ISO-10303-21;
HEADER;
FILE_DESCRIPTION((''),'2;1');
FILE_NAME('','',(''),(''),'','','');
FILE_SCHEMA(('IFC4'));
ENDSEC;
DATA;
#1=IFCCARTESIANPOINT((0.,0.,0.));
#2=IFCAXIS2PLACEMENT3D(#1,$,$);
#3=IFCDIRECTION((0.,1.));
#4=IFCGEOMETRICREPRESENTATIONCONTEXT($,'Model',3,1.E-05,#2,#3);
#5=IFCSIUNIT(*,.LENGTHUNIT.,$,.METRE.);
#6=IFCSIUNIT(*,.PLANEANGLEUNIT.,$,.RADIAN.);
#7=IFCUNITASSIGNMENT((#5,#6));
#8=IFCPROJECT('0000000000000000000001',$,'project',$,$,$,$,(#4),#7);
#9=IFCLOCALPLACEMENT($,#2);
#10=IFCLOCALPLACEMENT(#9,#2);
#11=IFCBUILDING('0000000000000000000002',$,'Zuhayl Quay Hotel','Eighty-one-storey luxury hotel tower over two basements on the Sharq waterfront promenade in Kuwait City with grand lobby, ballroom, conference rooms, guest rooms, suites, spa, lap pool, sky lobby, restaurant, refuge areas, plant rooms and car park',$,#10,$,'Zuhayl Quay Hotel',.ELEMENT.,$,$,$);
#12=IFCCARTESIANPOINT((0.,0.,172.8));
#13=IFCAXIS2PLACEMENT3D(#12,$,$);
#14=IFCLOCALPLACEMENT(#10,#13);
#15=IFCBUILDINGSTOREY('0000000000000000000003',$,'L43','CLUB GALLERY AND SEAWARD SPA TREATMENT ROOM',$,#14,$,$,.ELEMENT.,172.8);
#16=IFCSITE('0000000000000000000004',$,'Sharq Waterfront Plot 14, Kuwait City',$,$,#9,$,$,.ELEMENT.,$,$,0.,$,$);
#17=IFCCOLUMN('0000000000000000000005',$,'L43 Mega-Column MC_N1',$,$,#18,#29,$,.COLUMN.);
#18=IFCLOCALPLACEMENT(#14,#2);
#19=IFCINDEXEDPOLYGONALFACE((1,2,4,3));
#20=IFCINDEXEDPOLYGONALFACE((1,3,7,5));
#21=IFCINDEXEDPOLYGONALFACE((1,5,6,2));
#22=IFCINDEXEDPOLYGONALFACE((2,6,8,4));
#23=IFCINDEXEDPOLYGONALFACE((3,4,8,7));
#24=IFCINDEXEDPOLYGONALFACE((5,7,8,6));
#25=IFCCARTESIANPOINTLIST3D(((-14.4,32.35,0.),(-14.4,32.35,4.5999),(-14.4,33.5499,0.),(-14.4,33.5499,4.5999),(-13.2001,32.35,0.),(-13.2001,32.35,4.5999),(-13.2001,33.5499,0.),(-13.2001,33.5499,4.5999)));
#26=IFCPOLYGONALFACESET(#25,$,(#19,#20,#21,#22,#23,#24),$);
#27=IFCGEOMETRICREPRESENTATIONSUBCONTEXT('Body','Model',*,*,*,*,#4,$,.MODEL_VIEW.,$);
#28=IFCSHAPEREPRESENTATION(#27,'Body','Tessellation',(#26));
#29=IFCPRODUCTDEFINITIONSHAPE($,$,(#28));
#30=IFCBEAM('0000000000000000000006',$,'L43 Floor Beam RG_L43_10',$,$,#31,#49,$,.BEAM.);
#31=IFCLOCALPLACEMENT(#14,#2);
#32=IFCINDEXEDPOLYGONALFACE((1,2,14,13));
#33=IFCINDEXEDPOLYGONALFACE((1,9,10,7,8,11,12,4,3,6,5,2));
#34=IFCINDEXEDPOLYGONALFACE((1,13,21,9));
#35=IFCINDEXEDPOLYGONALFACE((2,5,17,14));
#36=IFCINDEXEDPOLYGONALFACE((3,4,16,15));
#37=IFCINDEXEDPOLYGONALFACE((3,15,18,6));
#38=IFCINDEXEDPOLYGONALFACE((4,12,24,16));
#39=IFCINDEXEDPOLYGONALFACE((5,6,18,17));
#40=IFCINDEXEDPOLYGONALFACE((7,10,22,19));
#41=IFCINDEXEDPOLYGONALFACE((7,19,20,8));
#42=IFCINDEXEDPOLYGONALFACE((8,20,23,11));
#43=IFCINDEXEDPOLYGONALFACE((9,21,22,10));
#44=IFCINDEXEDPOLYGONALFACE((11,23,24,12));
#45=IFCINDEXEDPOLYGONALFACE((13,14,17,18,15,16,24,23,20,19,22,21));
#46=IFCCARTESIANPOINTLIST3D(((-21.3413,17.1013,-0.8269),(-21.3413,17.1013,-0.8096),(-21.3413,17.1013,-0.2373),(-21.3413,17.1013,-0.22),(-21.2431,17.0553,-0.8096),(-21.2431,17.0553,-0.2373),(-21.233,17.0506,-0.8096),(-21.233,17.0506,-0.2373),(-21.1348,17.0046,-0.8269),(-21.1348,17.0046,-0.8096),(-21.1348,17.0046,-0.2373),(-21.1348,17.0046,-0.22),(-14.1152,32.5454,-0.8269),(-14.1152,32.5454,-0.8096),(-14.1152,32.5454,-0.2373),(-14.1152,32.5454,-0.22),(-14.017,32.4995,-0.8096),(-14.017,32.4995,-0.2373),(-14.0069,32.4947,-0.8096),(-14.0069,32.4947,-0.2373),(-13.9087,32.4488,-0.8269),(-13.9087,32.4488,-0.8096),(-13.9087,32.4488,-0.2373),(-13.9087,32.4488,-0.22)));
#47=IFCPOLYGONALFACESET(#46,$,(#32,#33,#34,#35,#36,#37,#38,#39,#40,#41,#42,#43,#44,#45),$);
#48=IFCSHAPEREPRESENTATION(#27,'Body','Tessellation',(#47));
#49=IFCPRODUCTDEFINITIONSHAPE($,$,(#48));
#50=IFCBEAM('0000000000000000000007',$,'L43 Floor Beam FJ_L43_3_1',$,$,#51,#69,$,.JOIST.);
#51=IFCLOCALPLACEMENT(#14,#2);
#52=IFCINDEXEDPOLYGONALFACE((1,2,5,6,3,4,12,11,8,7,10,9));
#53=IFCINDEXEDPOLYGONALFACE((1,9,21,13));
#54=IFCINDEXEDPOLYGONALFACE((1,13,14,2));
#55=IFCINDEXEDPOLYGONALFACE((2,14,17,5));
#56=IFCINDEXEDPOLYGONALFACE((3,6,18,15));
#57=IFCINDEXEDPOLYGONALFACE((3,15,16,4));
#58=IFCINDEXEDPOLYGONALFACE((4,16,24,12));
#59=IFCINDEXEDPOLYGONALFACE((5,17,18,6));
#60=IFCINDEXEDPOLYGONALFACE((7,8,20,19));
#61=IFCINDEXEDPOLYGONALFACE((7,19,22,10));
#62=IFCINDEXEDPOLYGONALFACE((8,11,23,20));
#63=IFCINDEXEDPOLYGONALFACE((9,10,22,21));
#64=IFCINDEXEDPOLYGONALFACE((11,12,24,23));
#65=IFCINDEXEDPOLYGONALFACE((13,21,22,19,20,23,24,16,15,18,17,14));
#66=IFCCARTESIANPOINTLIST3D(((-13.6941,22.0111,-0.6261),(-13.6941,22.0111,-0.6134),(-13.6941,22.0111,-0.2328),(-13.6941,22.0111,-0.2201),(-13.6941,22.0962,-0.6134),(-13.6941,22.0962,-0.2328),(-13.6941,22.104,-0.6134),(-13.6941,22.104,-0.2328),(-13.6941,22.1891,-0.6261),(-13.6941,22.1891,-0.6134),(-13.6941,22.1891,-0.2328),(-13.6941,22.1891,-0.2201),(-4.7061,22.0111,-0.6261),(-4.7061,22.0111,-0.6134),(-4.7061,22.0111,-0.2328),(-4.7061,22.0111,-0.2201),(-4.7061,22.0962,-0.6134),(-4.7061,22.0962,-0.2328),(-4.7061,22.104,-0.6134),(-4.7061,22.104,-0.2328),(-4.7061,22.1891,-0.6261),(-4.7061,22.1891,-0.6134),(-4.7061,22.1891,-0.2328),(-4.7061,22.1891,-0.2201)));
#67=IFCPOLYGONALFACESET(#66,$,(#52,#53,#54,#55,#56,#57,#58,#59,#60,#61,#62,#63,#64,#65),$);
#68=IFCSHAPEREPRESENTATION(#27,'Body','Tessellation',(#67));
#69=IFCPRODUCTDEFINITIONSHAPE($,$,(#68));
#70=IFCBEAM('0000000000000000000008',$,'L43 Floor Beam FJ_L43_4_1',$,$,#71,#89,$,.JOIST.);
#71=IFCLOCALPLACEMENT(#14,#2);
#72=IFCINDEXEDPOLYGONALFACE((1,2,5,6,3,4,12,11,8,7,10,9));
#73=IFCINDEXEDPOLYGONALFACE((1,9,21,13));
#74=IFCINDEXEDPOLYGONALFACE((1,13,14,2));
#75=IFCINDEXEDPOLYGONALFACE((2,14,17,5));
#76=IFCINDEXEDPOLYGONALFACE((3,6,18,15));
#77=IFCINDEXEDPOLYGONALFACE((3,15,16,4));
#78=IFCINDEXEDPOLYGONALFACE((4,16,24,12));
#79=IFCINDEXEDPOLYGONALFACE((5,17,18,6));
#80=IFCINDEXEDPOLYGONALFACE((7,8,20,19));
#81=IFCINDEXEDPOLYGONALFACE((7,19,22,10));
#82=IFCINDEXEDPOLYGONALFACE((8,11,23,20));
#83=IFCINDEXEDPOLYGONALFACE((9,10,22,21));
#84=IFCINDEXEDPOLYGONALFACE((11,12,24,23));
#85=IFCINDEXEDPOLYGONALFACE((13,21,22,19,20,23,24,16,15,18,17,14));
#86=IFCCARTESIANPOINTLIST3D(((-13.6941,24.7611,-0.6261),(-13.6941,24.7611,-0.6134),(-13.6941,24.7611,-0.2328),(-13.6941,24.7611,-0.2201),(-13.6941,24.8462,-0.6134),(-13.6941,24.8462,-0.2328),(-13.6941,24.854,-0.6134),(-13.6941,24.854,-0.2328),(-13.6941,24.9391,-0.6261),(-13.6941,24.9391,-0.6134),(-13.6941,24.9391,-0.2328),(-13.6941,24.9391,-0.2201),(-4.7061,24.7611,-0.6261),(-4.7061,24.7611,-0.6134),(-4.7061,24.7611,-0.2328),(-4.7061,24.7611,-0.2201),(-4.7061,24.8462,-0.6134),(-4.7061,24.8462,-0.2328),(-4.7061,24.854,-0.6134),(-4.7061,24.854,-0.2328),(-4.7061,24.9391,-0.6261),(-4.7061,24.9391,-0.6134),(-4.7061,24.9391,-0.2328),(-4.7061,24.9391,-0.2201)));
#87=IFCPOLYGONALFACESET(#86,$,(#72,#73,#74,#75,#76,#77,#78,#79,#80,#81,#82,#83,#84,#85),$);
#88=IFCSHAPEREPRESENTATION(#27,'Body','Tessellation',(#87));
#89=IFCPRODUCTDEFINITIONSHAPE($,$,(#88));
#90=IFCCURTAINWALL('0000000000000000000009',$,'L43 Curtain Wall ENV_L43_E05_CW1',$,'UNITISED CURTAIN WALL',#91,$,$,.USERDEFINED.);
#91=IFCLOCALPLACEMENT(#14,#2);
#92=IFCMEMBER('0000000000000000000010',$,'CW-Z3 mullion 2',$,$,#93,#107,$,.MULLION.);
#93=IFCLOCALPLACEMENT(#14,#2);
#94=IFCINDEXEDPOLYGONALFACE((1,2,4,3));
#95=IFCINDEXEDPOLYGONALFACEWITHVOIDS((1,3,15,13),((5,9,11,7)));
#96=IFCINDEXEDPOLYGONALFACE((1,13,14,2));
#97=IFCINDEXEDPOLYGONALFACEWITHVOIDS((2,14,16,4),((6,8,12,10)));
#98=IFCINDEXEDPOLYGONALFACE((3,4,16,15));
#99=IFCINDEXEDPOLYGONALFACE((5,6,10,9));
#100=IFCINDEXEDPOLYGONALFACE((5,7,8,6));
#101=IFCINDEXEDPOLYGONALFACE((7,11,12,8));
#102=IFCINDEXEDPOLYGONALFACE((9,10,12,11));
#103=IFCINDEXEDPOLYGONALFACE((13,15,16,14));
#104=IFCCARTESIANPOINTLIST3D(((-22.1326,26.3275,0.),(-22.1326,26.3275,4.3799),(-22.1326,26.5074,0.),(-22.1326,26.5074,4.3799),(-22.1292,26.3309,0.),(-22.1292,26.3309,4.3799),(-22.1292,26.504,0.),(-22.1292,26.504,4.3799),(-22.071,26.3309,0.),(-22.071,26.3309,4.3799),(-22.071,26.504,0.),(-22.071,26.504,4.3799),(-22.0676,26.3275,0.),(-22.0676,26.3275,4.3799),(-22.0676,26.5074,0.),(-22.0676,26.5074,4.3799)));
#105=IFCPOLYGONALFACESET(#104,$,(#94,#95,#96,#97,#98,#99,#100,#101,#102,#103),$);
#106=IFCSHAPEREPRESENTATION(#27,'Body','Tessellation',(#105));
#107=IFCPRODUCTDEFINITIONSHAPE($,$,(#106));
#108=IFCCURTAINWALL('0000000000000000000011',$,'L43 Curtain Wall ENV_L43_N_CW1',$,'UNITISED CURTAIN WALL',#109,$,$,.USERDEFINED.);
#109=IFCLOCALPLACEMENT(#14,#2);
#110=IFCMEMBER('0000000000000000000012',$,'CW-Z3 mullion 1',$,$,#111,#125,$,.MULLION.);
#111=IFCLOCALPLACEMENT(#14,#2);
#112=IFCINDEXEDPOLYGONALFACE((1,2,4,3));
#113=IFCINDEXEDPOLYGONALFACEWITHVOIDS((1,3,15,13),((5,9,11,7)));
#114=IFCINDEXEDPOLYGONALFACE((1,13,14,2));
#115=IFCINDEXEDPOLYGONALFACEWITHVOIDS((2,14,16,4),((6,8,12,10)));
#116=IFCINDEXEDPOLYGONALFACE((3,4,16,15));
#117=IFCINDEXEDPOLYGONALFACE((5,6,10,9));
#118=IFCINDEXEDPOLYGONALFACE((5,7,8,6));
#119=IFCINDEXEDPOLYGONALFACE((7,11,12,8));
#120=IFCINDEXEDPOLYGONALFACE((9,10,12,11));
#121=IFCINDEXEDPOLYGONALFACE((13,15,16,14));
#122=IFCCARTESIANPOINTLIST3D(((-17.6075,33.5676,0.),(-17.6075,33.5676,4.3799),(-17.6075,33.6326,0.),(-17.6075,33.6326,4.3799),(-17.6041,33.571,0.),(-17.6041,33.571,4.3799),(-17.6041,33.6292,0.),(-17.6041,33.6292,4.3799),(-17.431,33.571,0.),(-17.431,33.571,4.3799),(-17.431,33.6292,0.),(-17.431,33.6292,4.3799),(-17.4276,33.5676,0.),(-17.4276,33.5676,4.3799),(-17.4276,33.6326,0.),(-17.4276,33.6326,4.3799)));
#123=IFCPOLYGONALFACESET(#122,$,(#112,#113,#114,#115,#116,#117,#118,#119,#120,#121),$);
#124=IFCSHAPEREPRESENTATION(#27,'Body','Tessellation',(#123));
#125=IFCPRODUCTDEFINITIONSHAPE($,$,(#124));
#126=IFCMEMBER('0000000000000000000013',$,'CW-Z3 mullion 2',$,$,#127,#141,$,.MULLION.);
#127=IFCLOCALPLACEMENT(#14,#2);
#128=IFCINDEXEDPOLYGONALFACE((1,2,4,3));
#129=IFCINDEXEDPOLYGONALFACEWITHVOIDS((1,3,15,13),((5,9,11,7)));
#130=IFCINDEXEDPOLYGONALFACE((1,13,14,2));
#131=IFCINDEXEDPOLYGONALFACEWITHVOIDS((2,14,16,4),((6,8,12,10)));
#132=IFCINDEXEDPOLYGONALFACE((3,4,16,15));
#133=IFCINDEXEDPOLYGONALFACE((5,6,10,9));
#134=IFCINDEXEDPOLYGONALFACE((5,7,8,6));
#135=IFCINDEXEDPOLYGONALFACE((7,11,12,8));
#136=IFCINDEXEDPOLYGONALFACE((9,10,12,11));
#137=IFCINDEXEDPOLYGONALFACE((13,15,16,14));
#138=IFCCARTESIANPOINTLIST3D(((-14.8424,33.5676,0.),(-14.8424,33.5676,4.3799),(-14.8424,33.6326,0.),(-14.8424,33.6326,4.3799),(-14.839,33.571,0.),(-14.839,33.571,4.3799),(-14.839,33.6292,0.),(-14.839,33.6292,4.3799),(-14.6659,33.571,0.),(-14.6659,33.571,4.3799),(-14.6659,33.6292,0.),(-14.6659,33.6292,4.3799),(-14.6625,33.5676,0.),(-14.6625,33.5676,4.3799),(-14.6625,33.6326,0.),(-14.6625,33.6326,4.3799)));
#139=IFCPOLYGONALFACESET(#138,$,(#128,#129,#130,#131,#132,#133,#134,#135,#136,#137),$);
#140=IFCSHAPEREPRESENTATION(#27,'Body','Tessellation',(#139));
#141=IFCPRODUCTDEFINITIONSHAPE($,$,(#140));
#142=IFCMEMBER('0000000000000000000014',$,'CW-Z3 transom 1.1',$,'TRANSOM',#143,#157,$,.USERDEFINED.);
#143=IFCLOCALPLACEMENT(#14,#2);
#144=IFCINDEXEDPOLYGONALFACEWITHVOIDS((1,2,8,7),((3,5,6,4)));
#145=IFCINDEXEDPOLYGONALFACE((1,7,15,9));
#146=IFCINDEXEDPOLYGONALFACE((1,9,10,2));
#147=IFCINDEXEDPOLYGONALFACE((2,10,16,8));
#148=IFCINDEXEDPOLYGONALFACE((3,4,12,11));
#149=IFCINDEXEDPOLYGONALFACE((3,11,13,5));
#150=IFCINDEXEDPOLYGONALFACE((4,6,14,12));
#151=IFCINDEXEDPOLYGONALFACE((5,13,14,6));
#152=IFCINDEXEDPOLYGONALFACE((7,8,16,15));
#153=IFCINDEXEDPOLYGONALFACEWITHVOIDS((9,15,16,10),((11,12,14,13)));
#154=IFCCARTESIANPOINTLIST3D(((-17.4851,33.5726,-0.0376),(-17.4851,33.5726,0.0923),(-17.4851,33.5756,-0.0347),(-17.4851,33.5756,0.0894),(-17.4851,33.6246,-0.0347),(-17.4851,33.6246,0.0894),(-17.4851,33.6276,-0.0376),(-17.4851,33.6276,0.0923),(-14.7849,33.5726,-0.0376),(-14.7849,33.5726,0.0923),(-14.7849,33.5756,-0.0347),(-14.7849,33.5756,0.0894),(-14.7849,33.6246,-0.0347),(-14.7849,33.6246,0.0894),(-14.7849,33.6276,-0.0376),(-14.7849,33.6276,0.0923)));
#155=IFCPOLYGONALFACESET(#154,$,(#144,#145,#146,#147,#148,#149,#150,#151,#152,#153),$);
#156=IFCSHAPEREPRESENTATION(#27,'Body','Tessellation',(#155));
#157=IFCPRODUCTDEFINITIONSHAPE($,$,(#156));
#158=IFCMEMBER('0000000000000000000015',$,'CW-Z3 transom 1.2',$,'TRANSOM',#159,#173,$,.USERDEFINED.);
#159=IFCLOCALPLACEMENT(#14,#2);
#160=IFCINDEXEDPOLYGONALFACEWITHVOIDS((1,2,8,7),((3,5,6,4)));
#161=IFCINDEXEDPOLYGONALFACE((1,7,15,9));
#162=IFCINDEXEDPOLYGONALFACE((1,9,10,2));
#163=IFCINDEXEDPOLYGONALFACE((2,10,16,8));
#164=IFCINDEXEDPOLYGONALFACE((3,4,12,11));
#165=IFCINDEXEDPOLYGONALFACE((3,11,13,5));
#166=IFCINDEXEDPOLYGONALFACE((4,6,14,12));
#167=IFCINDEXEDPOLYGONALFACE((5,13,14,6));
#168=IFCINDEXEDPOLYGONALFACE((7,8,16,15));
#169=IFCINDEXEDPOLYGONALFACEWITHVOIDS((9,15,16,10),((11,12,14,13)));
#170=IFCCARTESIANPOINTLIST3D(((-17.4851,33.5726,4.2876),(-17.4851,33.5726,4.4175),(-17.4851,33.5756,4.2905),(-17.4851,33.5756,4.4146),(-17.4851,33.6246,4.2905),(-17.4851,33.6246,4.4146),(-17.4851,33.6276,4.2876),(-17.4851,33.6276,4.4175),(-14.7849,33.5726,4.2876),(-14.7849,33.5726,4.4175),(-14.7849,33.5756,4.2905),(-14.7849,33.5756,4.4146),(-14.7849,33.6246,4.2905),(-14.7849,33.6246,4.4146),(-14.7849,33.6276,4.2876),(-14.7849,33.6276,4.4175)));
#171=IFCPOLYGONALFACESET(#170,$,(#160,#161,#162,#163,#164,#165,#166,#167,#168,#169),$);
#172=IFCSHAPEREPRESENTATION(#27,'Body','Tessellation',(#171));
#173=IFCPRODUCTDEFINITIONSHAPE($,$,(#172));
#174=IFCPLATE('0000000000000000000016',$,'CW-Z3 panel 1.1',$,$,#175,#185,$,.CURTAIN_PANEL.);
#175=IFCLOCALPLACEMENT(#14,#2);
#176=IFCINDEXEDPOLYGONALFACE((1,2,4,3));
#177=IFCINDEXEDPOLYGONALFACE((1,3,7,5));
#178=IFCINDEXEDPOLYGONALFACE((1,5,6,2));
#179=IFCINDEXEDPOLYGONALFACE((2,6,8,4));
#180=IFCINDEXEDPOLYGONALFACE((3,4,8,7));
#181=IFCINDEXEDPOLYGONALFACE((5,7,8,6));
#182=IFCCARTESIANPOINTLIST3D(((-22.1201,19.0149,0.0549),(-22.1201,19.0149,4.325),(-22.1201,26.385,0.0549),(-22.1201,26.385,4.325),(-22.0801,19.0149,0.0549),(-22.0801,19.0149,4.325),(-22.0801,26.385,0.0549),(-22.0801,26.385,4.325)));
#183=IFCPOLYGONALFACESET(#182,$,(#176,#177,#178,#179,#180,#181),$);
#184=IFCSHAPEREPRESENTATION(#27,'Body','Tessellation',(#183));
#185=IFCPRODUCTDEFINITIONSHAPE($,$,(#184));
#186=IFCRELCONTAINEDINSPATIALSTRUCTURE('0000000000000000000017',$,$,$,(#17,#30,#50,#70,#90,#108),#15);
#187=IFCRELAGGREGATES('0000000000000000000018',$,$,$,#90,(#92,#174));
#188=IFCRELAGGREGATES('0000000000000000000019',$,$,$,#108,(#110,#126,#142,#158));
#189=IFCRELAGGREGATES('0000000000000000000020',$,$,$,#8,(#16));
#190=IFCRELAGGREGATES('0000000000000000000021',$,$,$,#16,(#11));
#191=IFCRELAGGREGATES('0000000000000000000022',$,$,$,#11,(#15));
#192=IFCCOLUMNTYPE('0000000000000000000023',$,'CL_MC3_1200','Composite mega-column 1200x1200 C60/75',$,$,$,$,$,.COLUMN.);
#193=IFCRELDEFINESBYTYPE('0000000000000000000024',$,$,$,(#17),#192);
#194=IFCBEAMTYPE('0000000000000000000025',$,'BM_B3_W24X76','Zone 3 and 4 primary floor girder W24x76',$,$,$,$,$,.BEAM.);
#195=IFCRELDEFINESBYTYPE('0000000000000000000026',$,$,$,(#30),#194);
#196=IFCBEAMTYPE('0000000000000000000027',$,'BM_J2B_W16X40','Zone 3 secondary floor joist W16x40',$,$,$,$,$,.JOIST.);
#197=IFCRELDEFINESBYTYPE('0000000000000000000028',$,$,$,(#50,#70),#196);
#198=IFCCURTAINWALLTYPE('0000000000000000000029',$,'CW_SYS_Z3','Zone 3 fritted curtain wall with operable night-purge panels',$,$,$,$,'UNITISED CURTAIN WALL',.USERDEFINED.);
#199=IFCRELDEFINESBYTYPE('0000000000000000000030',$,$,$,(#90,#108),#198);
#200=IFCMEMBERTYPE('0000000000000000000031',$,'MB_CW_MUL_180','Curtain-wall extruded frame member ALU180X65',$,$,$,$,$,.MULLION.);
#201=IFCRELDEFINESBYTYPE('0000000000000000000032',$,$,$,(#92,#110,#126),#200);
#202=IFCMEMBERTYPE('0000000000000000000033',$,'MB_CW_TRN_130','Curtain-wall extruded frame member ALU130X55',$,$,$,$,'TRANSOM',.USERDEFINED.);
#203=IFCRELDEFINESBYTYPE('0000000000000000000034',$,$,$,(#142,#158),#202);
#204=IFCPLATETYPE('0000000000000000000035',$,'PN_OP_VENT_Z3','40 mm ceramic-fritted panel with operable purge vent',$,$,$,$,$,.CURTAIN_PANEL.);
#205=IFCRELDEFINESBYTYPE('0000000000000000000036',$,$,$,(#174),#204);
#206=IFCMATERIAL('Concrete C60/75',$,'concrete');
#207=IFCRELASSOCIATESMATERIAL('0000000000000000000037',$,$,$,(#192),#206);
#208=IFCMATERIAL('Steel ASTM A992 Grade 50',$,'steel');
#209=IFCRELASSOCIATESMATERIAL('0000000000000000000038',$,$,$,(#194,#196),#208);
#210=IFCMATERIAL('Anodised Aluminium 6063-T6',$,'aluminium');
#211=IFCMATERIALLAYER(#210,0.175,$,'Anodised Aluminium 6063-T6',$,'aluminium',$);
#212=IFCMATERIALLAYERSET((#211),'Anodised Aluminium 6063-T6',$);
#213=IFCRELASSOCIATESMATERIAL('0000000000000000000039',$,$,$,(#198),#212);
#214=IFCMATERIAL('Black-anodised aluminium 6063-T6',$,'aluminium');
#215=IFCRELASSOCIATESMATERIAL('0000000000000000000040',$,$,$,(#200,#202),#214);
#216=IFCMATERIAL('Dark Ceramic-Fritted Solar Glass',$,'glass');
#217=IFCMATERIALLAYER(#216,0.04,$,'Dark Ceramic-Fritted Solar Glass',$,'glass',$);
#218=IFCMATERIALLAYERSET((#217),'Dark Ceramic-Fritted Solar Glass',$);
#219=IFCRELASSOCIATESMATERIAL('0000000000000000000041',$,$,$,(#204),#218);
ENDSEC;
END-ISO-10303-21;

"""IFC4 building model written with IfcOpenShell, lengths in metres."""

from ifc_helpers import new_model, si_unit, direction, frame, origin, origin_2d, place, context, subcontext, project, spatial, rectangle, hollow_rectangle, i_section, extrude, material, layer, layer_set, material_profile, profile_set, type_object, element, aggregate, save


model = new_model("IFC4")

# Units and contexts
model_context = context("Model", 3, precision=1e-05, world=origin(), true_north=direction((0.0, 1.0)))
body_context = subcontext(model_context, "Body", "Model", "MODEL_VIEW")
ifc_project = project(units=[si_unit("LENGTHUNIT", "METRE"), si_unit("PLANEANGLEUNIT", "RADIAN")], contexts=[model_context])

# Site, building, storey
site_placement = place(None, origin())
site = spatial("IfcSite", under=ifc_project, at=site_placement, Name="Sharq Waterfront Plot 14, Kuwait City", CompositionType="ELEMENT", RefElevation=0.0)
building_placement = place(site_placement, origin())
building = spatial("IfcBuilding", under=site, at=building_placement, Name="Zuhayl Quay Hotel", Description="Eighty-one-storey luxury hotel tower over two basements on the Sharq waterfront promenade in Kuwait City with grand lobby, ballroom, conference rooms, guest rooms, suites, spa, lap pool, sky lobby, restaurant, refuge areas, plant rooms and car park", LongName="Zuhayl Quay Hotel", CompositionType="ELEMENT")
storey_placement = place(building_placement, frame((0.0, 0.0, 172.8)))
storey = spatial("IfcBuildingStorey", under=building, at=storey_placement, Name="L43", Description="CLUB GALLERY AND SEAWARD SPA TREATMENT ROOM", CompositionType="ELEMENT", Elevation=172.8)

# Column
ifc_material_1 = material(Name="Concrete C60/75", Category="concrete")
ifc_material_profile_1 = material_profile(ifc_material_1, rectangle(XDim=1.2, YDim=1.2, at=origin_2d()), Name="RC1200X1200")
ifc_profile_set_1 = profile_set([ifc_material_profile_1], Name="Concrete C60/75")
column_type = type_object("IfcColumnType", Name="CL_MC3_1200", Description="Composite mega-column 1200x1200 C60/75", PredefinedType="COLUMN", material=ifc_profile_set_1)
column_placement = place(storey_placement, frame((-13.8, 32.95, 0.0), z_axis=(0.0, 0.0, 1.0), x_axis=(1.0, 0.0, 0.0)))
element("IfcColumn", 1, at=column_placement, inside=storey, type_object=column_type, Name="L43 Mega-Column MC_N1", PredefinedType="COLUMN", context=body_context, shape_type="SweptSolid", body=[
    extrude(rectangle(XDim=1.2, YDim=1.2, at=origin_2d()), origin(), (0.0, 0.0, 1.0), 4.5999),
])

# Beams
ifc_material_2 = material(Name="Steel ASTM A992 Grade 50", Category="steel")
ifc_material_profile_2 = material_profile(ifc_material_2, i_section(OverallWidth=0.228, OverallDepth=0.6069, WebThickness=0.0112, FlangeThickness=0.0173, at=origin_2d()), Name="W24X76")
ifc_profile_set_2 = profile_set([ifc_material_profile_2], Name="Steel ASTM A992 Grade 50")
beam_type_1 = type_object("IfcBeamType", Name="BM_B3_W24X76", Description="Zone 3 and 4 primary floor girder W24x76", PredefinedType="BEAM", material=ifc_profile_set_2)
beam_placement = place(storey_placement, frame((-14.012, 32.4971, -0.5234), z_axis=(-0.423792, -0.905759, 0.0), x_axis=(0.905759, -0.423792, 0.0)))
element("IfcBeam", 2, at=beam_placement, inside=storey, type_object=beam_type_1, Name="L43 Floor Beam RG_L43_10", PredefinedType="BEAM", context=body_context, shape_type="SweptSolid", body=[
    extrude(i_section(OverallWidth=0.228, OverallDepth=0.6069, WebThickness=0.0112, FlangeThickness=0.0173, at=origin_2d()), origin(), (0.0, 0.0, 1.0), 17.051),
])
ifc_material_profile_3 = material_profile(ifc_material_2, i_section(OverallWidth=0.178, OverallDepth=0.406, WebThickness=0.0078, FlangeThickness=0.0127, at=origin_2d()), Name="W16X40")
ifc_profile_set_3 = profile_set([ifc_material_profile_3], Name="Steel ASTM A992 Grade 50")
beam_type_2 = type_object("IfcBeamType", Name="BM_J2B_W16X40", Description="Zone 3 secondary floor joist W16x40", PredefinedType="JOIST", material=ifc_profile_set_3)
for number, where, z_axis, x_axis, name in (
    (3, (-13.6941, 22.1001, -0.4231), (1.0, 0.0, 0.0), (0.0, 1.0, 0.0), "L43 Floor Beam FJ_L43_3_1"),
    (4, (-13.6941, 24.8501, -0.4231), (1.0, 0.0, 0.0), (0.0, 1.0, 0.0), "L43 Floor Beam FJ_L43_4_1"),
):
    element("IfcBeam", number, at=place(storey_placement, frame(where, z_axis=z_axis, x_axis=x_axis)), inside=storey, type_object=beam_type_2, Name=name, PredefinedType="JOIST", context=body_context, shape_type="SweptSolid", body=[
        extrude(i_section(OverallWidth=0.178, OverallDepth=0.406, WebThickness=0.0078, FlangeThickness=0.0127, at=origin_2d()), origin(), (0.0, 0.0, 1.0), 8.988),
    ])

# Curtain wall, member
ifc_material_3 = material(Name="Anodised Aluminium 6063-T6", Category="aluminium")
ifc_layer_1 = layer(ifc_material_3, 0.175, Name="Anodised Aluminium 6063-T6", Category="aluminium")
ifc_layer_set_1 = layer_set([ifc_layer_1], Name="Anodised Aluminium 6063-T6")
curtain_wall_type = type_object("IfcCurtainWallType", Name="CW_SYS_Z3", Description="Zone 3 fritted curtain wall with operable night-purge panels", ElementType="UNITISED CURTAIN WALL", PredefinedType="USERDEFINED", material=ifc_layer_set_1)
curtain_wall_1_placement = place(storey_placement, origin())
curtain_wall_1 = element("IfcCurtainWall", 5, at=curtain_wall_1_placement, inside=storey, type_object=curtain_wall_type, Name="L43 Curtain Wall ENV_L43_E05_CW1", ObjectType="UNITISED CURTAIN WALL", PredefinedType="USERDEFINED")
ifc_material_4 = material(Name="Black-anodised aluminium 6063-T6", Category="aluminium")
ifc_material_profile_4 = material_profile(ifc_material_4, hollow_rectangle(XDim=0.0649, YDim=0.1799, WallThickness=0.0034, at=origin_2d()), Name="ALU180X65")
ifc_profile_set_4 = profile_set([ifc_material_profile_4], Name="Black-anodised aluminium 6063-T6")
member_type_1 = type_object("IfcMemberType", Name="MB_CW_MUL_180", Description="Curtain-wall extruded frame member ALU180X65", PredefinedType="MULLION", material=ifc_profile_set_4)
member_1_placement = place(storey_placement, frame((-22.1001, 26.4175, 0.0), z_axis=(0.0, 0.0, 1.0), x_axis=(-1.0, 0.0, 0.0)))
member_1 = element("IfcMember", 6, at=member_1_placement, type_object=member_type_1, Name="CW-Z3 mullion 2", PredefinedType="MULLION", context=body_context, shape_type="SweptSolid", body=[
    extrude(hollow_rectangle(XDim=0.0649, YDim=0.1799, WallThickness=0.0034, at=origin_2d()), origin(), (0.0, 0.0, 1.0), 4.3799),
])

# Curtain wall, members
curtain_wall_2_placement = place(storey_placement, origin())
curtain_wall_2 = element("IfcCurtainWall", 7, at=curtain_wall_2_placement, inside=storey, type_object=curtain_wall_type, Name="L43 Curtain Wall ENV_L43_N_CW1", ObjectType="UNITISED CURTAIN WALL", PredefinedType="USERDEFINED")
member_2_placement = place(storey_placement, frame((-17.5176, 33.6001, 0.0), z_axis=(0.0, 0.0, 1.0), x_axis=(0.0, 1.0, 0.0)))
member_2 = element("IfcMember", 8, at=member_2_placement, type_object=member_type_1, Name="CW-Z3 mullion 1", PredefinedType="MULLION", context=body_context, shape_type="SweptSolid", body=[
    extrude(hollow_rectangle(XDim=0.0649, YDim=0.1799, WallThickness=0.0034, at=origin_2d()), origin(), (0.0, 0.0, 1.0), 4.3799),
])
member_3_placement = place(storey_placement, frame((-14.7524, 33.6001, 0.0), z_axis=(0.0, 0.0, 1.0), x_axis=(0.0, 1.0, 0.0)))
member_3 = element("IfcMember", 9, at=member_3_placement, type_object=member_type_1, Name="CW-Z3 mullion 2", PredefinedType="MULLION", context=body_context, shape_type="SweptSolid", body=[
    extrude(hollow_rectangle(XDim=0.0649, YDim=0.1799, WallThickness=0.0034, at=origin_2d()), origin(), (0.0, 0.0, 1.0), 4.3799),
])
ifc_material_profile_5 = material_profile(ifc_material_4, hollow_rectangle(XDim=0.0549, YDim=0.1299, WallThickness=0.0029, at=origin_2d()), Name="ALU130X55")
ifc_profile_set_5 = profile_set([ifc_material_profile_5], Name="Black-anodised aluminium 6063-T6")
member_type_2 = type_object("IfcMemberType", Name="MB_CW_TRN_130", Description="Curtain-wall extruded frame member ALU130X55", ElementType="TRANSOM", PredefinedType="USERDEFINED", material=ifc_profile_set_5)
member_4_placement = place(storey_placement, frame((-17.4851, 33.6001, 0.0273), z_axis=(1.0, 0.0, 0.0), x_axis=(0.0, 1.0, 0.0)))
member_4 = element("IfcMember", 10, at=member_4_placement, type_object=member_type_2, Name="CW-Z3 transom 1.1", ObjectType="TRANSOM", PredefinedType="USERDEFINED", context=body_context, shape_type="SweptSolid", body=[
    extrude(hollow_rectangle(XDim=0.0549, YDim=0.1299, WallThickness=0.0029, at=origin_2d()), origin(), (0.0, 0.0, 1.0), 2.7002),
])
member_5_placement = place(storey_placement, frame((-17.4851, 33.6001, 4.3525), z_axis=(1.0, 0.0, 0.0), x_axis=(0.0, 1.0, 0.0)))
member_5 = element("IfcMember", 11, at=member_5_placement, type_object=member_type_2, Name="CW-Z3 transom 1.2", ObjectType="TRANSOM", PredefinedType="USERDEFINED", context=body_context, shape_type="SweptSolid", body=[
    extrude(hollow_rectangle(XDim=0.0549, YDim=0.1299, WallThickness=0.0029, at=origin_2d()), origin(), (0.0, 0.0, 1.0), 2.7002),
])

# Plate
ifc_material_5 = material(Name="Dark Ceramic-Fritted Solar Glass", Category="glass")
ifc_layer_2 = layer(ifc_material_5, 0.04, Name="Dark Ceramic-Fritted Solar Glass", Category="glass")
ifc_layer_set_2 = layer_set([ifc_layer_2], Name="Dark Ceramic-Fritted Solar Glass")
plate_type = type_object("IfcPlateType", Name="PN_OP_VENT_Z3", Description="40 mm ceramic-fritted panel with operable purge vent", PredefinedType="CURTAIN_PANEL", material=ifc_layer_set_2)
plate_1_placement = place(storey_placement, frame((-22.1001, 22.7, 0.0549), z_axis=(0.0, 0.0, 1.0), x_axis=(0.0, 1.0, 0.0)))
plate_1 = element("IfcPlate", 12, at=plate_1_placement, type_object=plate_type, Name="CW-Z3 panel 1.1", PredefinedType="CURTAIN_PANEL", context=body_context, shape_type="SweptSolid", body=[
    extrude(rectangle(XDim=7.3701, YDim=0.04, at=origin_2d()), origin(), (0.0, 0.0, 1.0), 4.27),
])
aggregate(curtain_wall_1, [member_1, plate_1])
aggregate(curtain_wall_2, [member_2, member_3, member_4, member_5])

save(model, "model.ifc")
